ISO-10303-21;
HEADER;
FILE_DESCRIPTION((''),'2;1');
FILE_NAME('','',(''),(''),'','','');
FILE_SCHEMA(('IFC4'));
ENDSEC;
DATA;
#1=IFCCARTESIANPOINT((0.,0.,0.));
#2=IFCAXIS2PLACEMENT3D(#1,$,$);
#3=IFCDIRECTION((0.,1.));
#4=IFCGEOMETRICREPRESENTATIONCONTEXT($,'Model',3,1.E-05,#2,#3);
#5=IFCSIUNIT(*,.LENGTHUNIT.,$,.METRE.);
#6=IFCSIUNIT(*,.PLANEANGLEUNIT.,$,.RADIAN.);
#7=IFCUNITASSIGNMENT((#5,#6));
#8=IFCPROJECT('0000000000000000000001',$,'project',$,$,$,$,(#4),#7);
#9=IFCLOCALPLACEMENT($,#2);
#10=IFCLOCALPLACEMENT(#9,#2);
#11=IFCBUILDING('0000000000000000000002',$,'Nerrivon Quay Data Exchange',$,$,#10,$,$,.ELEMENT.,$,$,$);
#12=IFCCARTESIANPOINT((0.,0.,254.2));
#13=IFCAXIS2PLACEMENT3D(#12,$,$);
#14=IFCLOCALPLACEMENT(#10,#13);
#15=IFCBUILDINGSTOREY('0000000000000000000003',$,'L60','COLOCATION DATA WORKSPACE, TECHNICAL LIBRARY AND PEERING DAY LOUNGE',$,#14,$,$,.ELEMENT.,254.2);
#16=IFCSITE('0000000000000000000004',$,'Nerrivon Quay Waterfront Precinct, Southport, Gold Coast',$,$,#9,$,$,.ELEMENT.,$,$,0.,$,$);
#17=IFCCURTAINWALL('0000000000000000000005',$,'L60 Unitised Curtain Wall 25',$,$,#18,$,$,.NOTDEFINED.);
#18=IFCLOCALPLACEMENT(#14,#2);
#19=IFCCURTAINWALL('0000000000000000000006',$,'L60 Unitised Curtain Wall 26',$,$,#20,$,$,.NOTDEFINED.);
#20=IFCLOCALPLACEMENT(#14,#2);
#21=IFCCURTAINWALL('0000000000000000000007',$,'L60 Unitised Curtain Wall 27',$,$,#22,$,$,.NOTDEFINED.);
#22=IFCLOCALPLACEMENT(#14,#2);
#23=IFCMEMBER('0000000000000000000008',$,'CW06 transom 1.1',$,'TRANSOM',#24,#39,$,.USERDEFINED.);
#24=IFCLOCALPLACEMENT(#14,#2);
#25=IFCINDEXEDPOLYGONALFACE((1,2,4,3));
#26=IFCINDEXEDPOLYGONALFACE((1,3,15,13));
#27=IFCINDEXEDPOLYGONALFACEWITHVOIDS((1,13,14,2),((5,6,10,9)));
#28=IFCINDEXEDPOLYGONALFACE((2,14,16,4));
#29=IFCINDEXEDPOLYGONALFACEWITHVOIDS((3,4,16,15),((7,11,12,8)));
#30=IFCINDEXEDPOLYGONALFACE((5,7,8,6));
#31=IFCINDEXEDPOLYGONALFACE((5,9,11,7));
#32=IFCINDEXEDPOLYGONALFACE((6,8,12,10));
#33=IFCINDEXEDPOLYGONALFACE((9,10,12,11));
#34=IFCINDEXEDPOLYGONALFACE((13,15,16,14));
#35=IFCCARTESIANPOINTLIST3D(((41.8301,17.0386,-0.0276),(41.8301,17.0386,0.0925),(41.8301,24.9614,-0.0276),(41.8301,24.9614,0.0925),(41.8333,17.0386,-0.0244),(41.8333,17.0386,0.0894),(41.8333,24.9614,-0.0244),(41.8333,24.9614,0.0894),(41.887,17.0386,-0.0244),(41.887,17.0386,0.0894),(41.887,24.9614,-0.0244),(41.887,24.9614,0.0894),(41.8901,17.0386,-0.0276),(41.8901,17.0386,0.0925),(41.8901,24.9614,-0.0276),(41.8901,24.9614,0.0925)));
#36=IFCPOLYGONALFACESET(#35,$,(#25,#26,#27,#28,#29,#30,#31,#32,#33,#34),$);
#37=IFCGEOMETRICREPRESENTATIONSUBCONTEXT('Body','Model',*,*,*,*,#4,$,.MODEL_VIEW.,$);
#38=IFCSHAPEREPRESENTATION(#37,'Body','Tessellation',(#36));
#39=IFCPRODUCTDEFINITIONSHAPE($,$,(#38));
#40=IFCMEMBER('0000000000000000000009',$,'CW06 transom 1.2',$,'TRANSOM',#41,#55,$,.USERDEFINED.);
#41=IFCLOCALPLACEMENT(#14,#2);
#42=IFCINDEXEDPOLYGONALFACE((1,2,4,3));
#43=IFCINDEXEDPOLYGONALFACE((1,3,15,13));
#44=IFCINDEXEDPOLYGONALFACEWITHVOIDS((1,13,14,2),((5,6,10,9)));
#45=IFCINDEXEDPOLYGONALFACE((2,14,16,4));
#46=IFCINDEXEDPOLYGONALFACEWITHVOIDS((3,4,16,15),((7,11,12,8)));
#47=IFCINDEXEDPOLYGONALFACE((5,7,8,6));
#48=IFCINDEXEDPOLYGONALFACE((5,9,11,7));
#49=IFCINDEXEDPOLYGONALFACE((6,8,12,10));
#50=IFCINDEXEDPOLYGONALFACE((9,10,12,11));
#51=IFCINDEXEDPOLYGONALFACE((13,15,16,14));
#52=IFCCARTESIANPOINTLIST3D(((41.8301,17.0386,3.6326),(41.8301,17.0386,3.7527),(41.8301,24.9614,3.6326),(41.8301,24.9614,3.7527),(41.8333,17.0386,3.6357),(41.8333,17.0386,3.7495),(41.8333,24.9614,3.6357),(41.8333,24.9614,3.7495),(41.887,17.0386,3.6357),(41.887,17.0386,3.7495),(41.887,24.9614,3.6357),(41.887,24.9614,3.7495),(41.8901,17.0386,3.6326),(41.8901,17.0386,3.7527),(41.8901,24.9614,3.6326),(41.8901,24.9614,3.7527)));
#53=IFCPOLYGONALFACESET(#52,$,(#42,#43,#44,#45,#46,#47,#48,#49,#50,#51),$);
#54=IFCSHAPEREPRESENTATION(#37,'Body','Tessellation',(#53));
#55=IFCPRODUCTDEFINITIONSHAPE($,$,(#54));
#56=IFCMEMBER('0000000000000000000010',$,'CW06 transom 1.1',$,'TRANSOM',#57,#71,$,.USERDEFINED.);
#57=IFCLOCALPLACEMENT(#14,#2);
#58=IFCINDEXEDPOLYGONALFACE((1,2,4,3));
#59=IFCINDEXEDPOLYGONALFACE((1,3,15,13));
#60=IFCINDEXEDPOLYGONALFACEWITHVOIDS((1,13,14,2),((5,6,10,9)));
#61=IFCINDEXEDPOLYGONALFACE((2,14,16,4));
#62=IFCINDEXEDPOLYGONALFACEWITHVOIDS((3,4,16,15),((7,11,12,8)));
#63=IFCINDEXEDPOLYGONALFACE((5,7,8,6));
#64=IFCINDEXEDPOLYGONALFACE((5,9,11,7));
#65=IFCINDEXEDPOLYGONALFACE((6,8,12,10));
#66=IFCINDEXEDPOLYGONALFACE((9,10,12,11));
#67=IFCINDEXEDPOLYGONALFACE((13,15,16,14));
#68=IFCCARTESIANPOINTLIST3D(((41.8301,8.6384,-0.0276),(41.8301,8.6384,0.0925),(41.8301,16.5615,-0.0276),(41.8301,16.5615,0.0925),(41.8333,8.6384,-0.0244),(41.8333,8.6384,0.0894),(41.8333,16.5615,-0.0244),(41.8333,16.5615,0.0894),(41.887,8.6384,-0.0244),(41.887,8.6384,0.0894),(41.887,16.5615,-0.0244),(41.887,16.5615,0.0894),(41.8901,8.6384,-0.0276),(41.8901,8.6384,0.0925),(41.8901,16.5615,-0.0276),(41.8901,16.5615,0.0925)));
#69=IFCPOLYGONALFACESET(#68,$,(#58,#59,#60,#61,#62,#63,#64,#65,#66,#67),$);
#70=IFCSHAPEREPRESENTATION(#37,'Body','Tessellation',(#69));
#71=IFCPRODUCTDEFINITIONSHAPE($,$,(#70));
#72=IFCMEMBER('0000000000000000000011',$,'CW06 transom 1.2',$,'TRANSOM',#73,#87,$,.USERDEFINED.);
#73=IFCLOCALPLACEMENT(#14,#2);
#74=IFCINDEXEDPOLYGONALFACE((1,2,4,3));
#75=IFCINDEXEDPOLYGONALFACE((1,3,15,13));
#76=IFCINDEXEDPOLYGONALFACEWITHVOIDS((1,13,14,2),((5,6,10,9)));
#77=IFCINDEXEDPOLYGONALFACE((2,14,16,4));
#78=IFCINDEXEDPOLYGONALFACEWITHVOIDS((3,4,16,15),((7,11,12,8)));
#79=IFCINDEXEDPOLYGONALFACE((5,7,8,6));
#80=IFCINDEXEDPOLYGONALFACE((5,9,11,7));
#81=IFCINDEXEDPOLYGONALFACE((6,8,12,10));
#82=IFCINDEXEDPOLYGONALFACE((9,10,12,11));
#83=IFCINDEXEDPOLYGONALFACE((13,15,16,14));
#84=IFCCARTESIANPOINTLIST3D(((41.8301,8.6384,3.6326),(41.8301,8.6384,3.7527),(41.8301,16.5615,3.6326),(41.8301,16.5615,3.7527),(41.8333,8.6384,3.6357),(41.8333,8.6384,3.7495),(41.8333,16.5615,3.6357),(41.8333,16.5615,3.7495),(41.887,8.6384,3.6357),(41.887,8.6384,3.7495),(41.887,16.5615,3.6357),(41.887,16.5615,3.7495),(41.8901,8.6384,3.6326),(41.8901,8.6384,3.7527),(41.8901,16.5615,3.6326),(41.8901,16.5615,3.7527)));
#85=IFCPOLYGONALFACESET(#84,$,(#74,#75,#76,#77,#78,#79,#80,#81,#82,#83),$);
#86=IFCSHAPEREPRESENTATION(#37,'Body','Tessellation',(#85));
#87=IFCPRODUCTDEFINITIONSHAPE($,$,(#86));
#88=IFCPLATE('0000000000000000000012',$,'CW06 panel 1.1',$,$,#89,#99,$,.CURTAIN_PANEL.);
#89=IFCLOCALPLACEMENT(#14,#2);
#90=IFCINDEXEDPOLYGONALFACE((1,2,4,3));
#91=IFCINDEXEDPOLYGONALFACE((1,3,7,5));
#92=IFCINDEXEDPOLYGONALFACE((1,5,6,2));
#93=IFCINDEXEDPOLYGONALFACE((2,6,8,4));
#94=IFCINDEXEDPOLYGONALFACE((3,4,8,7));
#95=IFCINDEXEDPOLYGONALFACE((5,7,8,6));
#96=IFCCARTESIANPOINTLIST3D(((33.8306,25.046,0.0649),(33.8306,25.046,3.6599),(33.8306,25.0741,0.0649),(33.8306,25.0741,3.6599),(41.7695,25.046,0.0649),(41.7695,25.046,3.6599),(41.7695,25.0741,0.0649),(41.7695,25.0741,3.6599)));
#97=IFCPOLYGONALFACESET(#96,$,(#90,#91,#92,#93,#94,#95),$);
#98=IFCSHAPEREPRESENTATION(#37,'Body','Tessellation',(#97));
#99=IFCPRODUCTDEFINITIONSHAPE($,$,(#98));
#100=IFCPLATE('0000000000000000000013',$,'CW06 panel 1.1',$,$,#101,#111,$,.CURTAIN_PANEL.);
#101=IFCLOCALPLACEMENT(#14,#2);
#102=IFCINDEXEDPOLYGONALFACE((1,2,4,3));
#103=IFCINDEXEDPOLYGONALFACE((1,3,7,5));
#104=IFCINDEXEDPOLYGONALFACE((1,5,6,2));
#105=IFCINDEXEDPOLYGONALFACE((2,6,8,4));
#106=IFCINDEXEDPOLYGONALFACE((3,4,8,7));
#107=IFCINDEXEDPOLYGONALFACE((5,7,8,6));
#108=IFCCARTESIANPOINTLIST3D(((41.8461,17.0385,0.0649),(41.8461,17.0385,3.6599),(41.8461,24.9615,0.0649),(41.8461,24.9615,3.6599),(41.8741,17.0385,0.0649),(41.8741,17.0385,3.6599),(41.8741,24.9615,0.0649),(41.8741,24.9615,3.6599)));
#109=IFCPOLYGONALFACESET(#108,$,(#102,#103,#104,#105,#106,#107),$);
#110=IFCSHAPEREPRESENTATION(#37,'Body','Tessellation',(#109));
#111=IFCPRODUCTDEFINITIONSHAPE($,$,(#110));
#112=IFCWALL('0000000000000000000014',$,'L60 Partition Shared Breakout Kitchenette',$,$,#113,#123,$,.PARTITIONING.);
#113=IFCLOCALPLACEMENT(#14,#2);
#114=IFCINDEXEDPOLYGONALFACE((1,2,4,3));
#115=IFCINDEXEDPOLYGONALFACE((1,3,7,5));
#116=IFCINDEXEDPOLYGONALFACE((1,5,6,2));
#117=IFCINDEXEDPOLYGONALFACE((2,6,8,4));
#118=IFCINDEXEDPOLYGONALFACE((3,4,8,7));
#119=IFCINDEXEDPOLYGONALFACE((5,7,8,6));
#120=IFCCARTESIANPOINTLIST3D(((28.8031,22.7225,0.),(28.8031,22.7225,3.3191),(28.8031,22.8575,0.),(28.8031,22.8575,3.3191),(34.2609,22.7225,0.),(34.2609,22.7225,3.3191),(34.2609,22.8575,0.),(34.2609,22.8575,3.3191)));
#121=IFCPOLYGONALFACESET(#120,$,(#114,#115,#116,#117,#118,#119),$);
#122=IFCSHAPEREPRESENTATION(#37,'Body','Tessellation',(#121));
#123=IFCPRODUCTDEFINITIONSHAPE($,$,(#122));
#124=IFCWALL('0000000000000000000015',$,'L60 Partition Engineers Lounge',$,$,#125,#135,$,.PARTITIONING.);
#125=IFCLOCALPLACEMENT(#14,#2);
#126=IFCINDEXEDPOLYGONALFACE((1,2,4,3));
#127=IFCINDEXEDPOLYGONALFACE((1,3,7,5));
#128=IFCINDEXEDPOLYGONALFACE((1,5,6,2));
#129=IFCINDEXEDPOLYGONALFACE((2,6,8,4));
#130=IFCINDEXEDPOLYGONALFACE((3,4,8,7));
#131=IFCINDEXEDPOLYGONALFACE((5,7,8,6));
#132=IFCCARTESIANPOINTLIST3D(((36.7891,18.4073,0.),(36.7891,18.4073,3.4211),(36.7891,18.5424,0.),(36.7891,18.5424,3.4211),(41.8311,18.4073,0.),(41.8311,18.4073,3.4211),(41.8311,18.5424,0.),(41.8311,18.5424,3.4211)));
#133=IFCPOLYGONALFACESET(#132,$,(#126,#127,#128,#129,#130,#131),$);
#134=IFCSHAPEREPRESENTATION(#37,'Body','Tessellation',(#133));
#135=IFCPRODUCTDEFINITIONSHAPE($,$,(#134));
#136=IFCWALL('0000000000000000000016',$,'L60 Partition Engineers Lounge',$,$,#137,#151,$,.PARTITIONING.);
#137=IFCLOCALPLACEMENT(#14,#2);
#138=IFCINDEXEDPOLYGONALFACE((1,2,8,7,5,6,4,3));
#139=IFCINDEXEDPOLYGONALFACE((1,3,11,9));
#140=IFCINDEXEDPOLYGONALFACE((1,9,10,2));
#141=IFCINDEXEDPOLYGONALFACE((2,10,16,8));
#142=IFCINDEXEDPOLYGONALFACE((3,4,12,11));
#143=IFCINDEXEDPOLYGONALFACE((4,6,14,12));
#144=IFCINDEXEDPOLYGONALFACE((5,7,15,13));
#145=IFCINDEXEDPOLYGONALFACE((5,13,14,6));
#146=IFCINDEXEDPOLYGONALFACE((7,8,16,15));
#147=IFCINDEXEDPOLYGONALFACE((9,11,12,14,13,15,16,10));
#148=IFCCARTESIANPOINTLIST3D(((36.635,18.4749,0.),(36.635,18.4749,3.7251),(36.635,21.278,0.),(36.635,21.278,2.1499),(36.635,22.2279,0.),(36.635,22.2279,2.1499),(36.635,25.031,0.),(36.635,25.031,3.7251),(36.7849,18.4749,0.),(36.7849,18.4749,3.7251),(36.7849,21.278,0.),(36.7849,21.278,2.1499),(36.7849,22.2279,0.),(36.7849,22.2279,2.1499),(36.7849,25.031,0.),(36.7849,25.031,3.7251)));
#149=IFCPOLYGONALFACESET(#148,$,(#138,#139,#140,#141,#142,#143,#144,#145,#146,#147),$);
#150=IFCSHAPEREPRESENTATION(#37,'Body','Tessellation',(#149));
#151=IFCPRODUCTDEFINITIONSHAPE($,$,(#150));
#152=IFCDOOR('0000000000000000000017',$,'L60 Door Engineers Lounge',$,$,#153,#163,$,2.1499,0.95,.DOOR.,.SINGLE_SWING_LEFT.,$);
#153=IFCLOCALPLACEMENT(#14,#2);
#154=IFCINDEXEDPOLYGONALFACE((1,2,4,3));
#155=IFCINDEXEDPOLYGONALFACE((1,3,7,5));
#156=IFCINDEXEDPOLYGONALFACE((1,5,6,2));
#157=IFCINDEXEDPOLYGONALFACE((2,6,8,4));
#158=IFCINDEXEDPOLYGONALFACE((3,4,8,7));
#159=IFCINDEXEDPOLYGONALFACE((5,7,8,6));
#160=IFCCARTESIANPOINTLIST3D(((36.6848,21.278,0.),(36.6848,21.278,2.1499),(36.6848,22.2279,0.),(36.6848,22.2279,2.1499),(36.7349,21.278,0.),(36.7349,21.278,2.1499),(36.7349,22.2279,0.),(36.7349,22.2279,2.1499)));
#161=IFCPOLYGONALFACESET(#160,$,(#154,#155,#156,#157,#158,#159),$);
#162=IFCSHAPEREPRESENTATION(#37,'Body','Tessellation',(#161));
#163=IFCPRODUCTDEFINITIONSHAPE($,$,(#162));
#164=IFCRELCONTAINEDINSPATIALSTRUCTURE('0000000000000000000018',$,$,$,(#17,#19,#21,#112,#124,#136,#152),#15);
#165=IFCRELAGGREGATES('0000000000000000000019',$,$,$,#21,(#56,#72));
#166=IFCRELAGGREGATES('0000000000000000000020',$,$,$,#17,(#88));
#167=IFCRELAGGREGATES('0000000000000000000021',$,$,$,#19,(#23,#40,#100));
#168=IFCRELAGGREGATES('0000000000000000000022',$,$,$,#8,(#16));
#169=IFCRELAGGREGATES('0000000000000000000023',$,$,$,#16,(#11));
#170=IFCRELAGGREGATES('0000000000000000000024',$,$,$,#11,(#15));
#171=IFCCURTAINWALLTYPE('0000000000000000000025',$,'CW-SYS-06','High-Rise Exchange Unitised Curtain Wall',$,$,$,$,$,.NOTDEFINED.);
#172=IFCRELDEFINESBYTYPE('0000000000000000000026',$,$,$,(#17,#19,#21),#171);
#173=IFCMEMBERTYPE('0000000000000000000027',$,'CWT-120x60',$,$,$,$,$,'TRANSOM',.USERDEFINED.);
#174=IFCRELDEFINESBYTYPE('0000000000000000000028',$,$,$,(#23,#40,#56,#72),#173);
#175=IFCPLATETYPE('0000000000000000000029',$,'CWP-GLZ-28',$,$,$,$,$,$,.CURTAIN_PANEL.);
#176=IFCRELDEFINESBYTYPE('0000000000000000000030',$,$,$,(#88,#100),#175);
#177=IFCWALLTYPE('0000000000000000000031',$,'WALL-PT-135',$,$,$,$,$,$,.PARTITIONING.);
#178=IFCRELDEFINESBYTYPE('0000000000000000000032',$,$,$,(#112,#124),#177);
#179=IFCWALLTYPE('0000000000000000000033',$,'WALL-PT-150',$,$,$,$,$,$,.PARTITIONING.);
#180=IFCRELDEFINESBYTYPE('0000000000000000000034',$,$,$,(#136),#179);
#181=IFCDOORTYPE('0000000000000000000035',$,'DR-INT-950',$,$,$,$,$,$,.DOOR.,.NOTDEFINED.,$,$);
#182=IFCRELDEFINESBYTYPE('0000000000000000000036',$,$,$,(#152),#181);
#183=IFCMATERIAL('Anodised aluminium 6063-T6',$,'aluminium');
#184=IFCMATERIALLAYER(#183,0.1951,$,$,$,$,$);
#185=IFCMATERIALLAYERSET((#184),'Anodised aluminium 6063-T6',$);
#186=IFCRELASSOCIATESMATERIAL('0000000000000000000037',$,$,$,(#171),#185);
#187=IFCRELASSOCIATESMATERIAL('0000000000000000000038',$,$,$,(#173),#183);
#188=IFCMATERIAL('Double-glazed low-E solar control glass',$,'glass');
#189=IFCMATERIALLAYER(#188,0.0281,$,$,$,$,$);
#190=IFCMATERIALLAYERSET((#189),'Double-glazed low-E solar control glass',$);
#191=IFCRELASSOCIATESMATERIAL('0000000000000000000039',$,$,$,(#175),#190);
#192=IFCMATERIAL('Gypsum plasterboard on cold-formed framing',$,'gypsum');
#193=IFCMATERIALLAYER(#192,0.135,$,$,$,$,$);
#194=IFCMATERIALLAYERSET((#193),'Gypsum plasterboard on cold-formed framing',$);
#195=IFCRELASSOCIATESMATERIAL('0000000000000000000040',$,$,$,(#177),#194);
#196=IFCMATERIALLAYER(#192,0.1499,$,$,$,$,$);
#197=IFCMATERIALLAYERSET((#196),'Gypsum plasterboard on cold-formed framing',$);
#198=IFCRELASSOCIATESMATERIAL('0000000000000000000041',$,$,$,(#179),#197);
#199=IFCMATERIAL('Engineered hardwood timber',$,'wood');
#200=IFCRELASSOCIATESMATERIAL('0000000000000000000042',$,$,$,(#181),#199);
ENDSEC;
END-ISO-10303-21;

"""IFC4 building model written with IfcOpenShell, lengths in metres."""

from ifc_helpers import new_model, si_unit, direction, frame, frame_2d, origin, origin_2d, place, context, subcontext, project, spatial, rectangle, hollow_rectangle, extrude, material, layer, layer_set, material_profile, profile_set, type_object, element, fill, aggregate, save


model = new_model("IFC4")

# Units and contexts
model_context = context("Model", 3, precision=1e-05, world=origin(), true_north=direction((0.0, 1.0)))
body_context = subcontext(model_context, "Body", "Model", "MODEL_VIEW")
ifc_project = project(units=[si_unit("LENGTHUNIT", "METRE"), si_unit("PLANEANGLEUNIT", "RADIAN")], contexts=[model_context])

# Site, building, storey
site_placement = place(None, origin())
site = spatial("IfcSite", under=ifc_project, at=site_placement, Name="Nerrivon Quay Waterfront Precinct, Southport, Gold Coast", CompositionType="ELEMENT", RefElevation=0.0)
building_placement = place(site_placement, origin())
building = spatial("IfcBuilding", under=site, at=building_placement, Name="Nerrivon Quay Data Exchange", CompositionType="ELEMENT")
storey_placement = place(building_placement, frame((0.0, 0.0, 254.2)))
storey = spatial("IfcBuildingStorey", under=building, at=storey_placement, Name="L60", Description="COLOCATION DATA WORKSPACE, TECHNICAL LIBRARY AND PEERING DAY LOUNGE", CompositionType="ELEMENT", Elevation=254.2)

# Curtain walls
ifc_material_1 = material(Name="Anodised aluminium 6063-T6", Category="aluminium")
ifc_layer_1 = layer(ifc_material_1, 0.1951)
ifc_layer_set_1 = layer_set([ifc_layer_1], Name="Anodised aluminium 6063-T6")
curtain_wall_type = type_object("IfcCurtainWallType", Name="CW-SYS-06", Description="High-Rise Exchange Unitised Curtain Wall", PredefinedType="NOTDEFINED", material=ifc_layer_set_1)
curtain_wall_1_placement = place(storey_placement, origin())
curtain_wall_1 = element("IfcCurtainWall", 1, at=curtain_wall_1_placement, inside=storey, type_object=curtain_wall_type, Name="L60 Unitised Curtain Wall 25", PredefinedType="NOTDEFINED")
curtain_wall_2_placement = place(storey_placement, origin())
curtain_wall_2 = element("IfcCurtainWall", 2, at=curtain_wall_2_placement, inside=storey, type_object=curtain_wall_type, Name="L60 Unitised Curtain Wall 26", PredefinedType="NOTDEFINED")

# Curtain wall
curtain_wall_3_placement = place(storey_placement, origin())
curtain_wall_3 = element("IfcCurtainWall", 3, at=curtain_wall_3_placement, inside=storey, type_object=curtain_wall_type, Name="L60 Unitised Curtain Wall 27", PredefinedType="NOTDEFINED")

# Members
ifc_material_profile_1 = material_profile(ifc_material_1, hollow_rectangle(XDim=0.0601, YDim=0.1201, WallThickness=0.0032, at=origin_2d()), Name="ALU-TRAN-120x60")
ifc_profile_set_1 = profile_set([ifc_material_profile_1], Name="Anodised aluminium 6063-T6")
member_type_1 = type_object("IfcMemberType", Name="CWT-120x60", ElementType="TRANSOM", PredefinedType="USERDEFINED", material=ifc_profile_set_1)
member_1_placement = place(storey_placement, frame((41.8601, 24.9614, 0.0325), z_axis=(0.0, -1.0, 0.0), x_axis=(1.0, 0.0, 0.0)))
member_1 = element("IfcMember", 4, at=member_1_placement, type_object=member_type_1, Name="CW06 transom 1.1", ObjectType="TRANSOM", PredefinedType="USERDEFINED", context=body_context, shape_type="SweptSolid", body=[
    extrude(hollow_rectangle(XDim=0.0601, YDim=0.1201, WallThickness=0.0032, at=origin_2d()), origin(), (0.0, 0.0, 1.0), 7.9229),
])
member_2_placement = place(storey_placement, frame((41.8601, 24.9614, 3.6926), z_axis=(0.0, -1.0, 0.0), x_axis=(1.0, 0.0, 0.0)))
member_2 = element("IfcMember", 5, at=member_2_placement, type_object=member_type_1, Name="CW06 transom 1.2", ObjectType="TRANSOM", PredefinedType="USERDEFINED", context=body_context, shape_type="SweptSolid", body=[
    extrude(hollow_rectangle(XDim=0.0601, YDim=0.1201, WallThickness=0.0032, at=origin_2d()), origin(), (0.0, 0.0, 1.0), 7.9229),
])
member_3_placement = place(storey_placement, frame((41.8601, 16.5615, 0.0325), z_axis=(0.0, -1.0, 0.0), x_axis=(1.0, 0.0, 0.0)))
member_3 = element("IfcMember", 6, at=member_3_placement, type_object=member_type_1, Name="CW06 transom 1.1", ObjectType="TRANSOM", PredefinedType="USERDEFINED", context=body_context, shape_type="SweptSolid", body=[
    extrude(hollow_rectangle(XDim=0.0601, YDim=0.1201, WallThickness=0.0032, at=origin_2d()), origin(), (0.0, 0.0, 1.0), 7.9231),
])
member_4_placement = place(storey_placement, frame((41.8601, 16.5615, 3.6926), z_axis=(0.0, -1.0, 0.0), x_axis=(1.0, 0.0, 0.0)))
member_4 = element("IfcMember", 7, at=member_4_placement, type_object=member_type_1, Name="CW06 transom 1.2", ObjectType="TRANSOM", PredefinedType="USERDEFINED", context=body_context, shape_type="SweptSolid", body=[
    extrude(hollow_rectangle(XDim=0.0601, YDim=0.1201, WallThickness=0.0032, at=origin_2d()), origin(), (0.0, 0.0, 1.0), 7.9231),
])
aggregate(curtain_wall_3, [member_3, member_4])

# Plates
ifc_material_2 = material(Name="Double-glazed low-E solar control glass", Category="glass")
ifc_layer_2 = layer(ifc_material_2, 0.0281)
ifc_layer_set_2 = layer_set([ifc_layer_2], Name="Double-glazed low-E solar control glass")
plate_type = type_object("IfcPlateType", Name="CWP-GLZ-28", PredefinedType="CURTAIN_PANEL", material=ifc_layer_set_2)
plate_1_placement = place(storey_placement, frame((37.8, 25.0601, 0.0649), z_axis=(0.0, 0.0, 1.0), x_axis=(1.0, 0.0, 0.0)))
plate_1 = element("IfcPlate", 8, at=plate_1_placement, type_object=plate_type, Name="CW06 panel 1.1", PredefinedType="CURTAIN_PANEL", context=body_context, shape_type="SweptSolid", body=[
    extrude(rectangle(XDim=7.939, YDim=0.0281, at=origin_2d()), origin(), (0.0, 0.0, 1.0), 3.595),
])
aggregate(curtain_wall_1, [plate_1])
plate_2_placement = place(storey_placement, frame((41.8601, 21.0, 0.0649), z_axis=(0.0, 0.0, 1.0), x_axis=(0.0, -1.0, 0.0)))
plate_2 = element("IfcPlate", 9, at=plate_2_placement, type_object=plate_type, Name="CW06 panel 1.1", PredefinedType="CURTAIN_PANEL", context=body_context, shape_type="SweptSolid", body=[
    extrude(rectangle(XDim=7.9231, YDim=0.0281, at=origin_2d()), origin(), (0.0, 0.0, 1.0), 3.595),
])
aggregate(curtain_wall_2, [member_1, member_2, plate_2])

# Walls
ifc_material_3 = material(Name="Gypsum plasterboard on cold-formed framing", Category="gypsum")
ifc_layer_3 = layer(ifc_material_3, 0.135)
ifc_layer_set_3 = layer_set([ifc_layer_3], Name="Gypsum plasterboard on cold-formed framing")
wall_type_1 = type_object("IfcWallType", Name="WALL-PT-135", PredefinedType="PARTITIONING", material=ifc_layer_set_3)
wall_1_placement = place(storey_placement, frame((34.261, 22.79, 0.0), z_axis=(0.0, 0.0, 1.0), x_axis=(-1.0, 0.0, 0.0)))
element("IfcWall", 10, at=wall_1_placement, inside=storey, type_object=wall_type_1, Name="L60 Partition Shared Breakout Kitchenette", PredefinedType="PARTITIONING", context=body_context, shape_type="SweptSolid", body=[
    extrude(rectangle(XDim=5.4578, YDim=0.135, at=frame_2d((2.729, 0.0))), origin(), (0.0, 0.0, 1.0), 3.3191),
])
wall_2_placement = place(storey_placement, frame((36.7891, 18.4749, 0.0), z_axis=(0.0, 0.0, 1.0), x_axis=(1.0, 0.0, 0.0)))
element("IfcWall", 11, at=wall_2_placement, inside=storey, type_object=wall_type_1, Name="L60 Partition Engineers Lounge", PredefinedType="PARTITIONING", context=body_context, shape_type="SweptSolid", body=[
    extrude(rectangle(XDim=5.042, YDim=0.135, at=frame_2d((2.521, 0.0))), origin(), (0.0, 0.0, 1.0), 3.4211),
])

# Wall, opening, door
ifc_layer_4 = layer(ifc_material_3, 0.1499)
ifc_layer_set_4 = layer_set([ifc_layer_4], Name="Gypsum plasterboard on cold-formed framing")
wall_type_2 = type_object("IfcWallType", Name="WALL-PT-150", PredefinedType="PARTITIONING", material=ifc_layer_set_4)
wall_3_placement = place(storey_placement, frame((36.71, 25.031, 0.0), z_axis=(0.0, 0.0, 1.0), x_axis=(0.0, -1.0, 0.0)))
wall_3 = element("IfcWall", 12, at=wall_3_placement, inside=storey, type_object=wall_type_2, Name="L60 Partition Engineers Lounge", PredefinedType="PARTITIONING", context=body_context, shape_type="SweptSolid", body=[
    extrude(rectangle(XDim=6.5562, YDim=0.1499, at=frame_2d((3.2781, 0.0))), origin(), (0.0, 0.0, 1.0), 3.7251),
])
opening_1_placement = place(wall_3_placement, frame((2.803, 0.0, 0.0)))
opening_1 = element("IfcOpeningElement", 13, at=opening_1_placement, cuts=wall_3, PredefinedType="OPENING", context=body_context, shape_type="SweptSolid", body=[
    extrude(rectangle(XDim=0.95, YDim=2.1499, at=frame_2d((0.4751, 1.075))), frame((0.0, 0.085, 0.0), z_axis=(0.0, -1.0, 0.0), x_axis=(1.0, 0.0, 0.0)), (0.0, 0.0, 1.0), 0.1699),
])
ifc_material_4 = material(Name="Engineered hardwood timber", Category="wood")
door_type = type_object("IfcDoorType", Name="DR-INT-950", OperationType="NOTDEFINED", PredefinedType="DOOR", material=ifc_material_4)
door_1_placement = place(opening_1_placement, origin())
door_1 = element("IfcDoor", 14, at=door_1_placement, inside=storey, type_object=door_type, Name="L60 Door Engineers Lounge", OperationType="SINGLE_SWING_LEFT", OverallHeight=2.1499, OverallWidth=0.95, PredefinedType="DOOR", context=body_context, shape_type="SweptSolid", body=[
    extrude(rectangle(XDim=0.95, YDim=2.1499, at=frame_2d((0.4751, 1.075))), frame((0.0, 0.0249, 0.0), z_axis=(0.0, -1.0, 0.0), x_axis=(1.0, 0.0, 0.0)), (0.0, 0.0, 1.0), 0.05),
])
fill(opening_1, door_1)

save(model, "model.ifc")
